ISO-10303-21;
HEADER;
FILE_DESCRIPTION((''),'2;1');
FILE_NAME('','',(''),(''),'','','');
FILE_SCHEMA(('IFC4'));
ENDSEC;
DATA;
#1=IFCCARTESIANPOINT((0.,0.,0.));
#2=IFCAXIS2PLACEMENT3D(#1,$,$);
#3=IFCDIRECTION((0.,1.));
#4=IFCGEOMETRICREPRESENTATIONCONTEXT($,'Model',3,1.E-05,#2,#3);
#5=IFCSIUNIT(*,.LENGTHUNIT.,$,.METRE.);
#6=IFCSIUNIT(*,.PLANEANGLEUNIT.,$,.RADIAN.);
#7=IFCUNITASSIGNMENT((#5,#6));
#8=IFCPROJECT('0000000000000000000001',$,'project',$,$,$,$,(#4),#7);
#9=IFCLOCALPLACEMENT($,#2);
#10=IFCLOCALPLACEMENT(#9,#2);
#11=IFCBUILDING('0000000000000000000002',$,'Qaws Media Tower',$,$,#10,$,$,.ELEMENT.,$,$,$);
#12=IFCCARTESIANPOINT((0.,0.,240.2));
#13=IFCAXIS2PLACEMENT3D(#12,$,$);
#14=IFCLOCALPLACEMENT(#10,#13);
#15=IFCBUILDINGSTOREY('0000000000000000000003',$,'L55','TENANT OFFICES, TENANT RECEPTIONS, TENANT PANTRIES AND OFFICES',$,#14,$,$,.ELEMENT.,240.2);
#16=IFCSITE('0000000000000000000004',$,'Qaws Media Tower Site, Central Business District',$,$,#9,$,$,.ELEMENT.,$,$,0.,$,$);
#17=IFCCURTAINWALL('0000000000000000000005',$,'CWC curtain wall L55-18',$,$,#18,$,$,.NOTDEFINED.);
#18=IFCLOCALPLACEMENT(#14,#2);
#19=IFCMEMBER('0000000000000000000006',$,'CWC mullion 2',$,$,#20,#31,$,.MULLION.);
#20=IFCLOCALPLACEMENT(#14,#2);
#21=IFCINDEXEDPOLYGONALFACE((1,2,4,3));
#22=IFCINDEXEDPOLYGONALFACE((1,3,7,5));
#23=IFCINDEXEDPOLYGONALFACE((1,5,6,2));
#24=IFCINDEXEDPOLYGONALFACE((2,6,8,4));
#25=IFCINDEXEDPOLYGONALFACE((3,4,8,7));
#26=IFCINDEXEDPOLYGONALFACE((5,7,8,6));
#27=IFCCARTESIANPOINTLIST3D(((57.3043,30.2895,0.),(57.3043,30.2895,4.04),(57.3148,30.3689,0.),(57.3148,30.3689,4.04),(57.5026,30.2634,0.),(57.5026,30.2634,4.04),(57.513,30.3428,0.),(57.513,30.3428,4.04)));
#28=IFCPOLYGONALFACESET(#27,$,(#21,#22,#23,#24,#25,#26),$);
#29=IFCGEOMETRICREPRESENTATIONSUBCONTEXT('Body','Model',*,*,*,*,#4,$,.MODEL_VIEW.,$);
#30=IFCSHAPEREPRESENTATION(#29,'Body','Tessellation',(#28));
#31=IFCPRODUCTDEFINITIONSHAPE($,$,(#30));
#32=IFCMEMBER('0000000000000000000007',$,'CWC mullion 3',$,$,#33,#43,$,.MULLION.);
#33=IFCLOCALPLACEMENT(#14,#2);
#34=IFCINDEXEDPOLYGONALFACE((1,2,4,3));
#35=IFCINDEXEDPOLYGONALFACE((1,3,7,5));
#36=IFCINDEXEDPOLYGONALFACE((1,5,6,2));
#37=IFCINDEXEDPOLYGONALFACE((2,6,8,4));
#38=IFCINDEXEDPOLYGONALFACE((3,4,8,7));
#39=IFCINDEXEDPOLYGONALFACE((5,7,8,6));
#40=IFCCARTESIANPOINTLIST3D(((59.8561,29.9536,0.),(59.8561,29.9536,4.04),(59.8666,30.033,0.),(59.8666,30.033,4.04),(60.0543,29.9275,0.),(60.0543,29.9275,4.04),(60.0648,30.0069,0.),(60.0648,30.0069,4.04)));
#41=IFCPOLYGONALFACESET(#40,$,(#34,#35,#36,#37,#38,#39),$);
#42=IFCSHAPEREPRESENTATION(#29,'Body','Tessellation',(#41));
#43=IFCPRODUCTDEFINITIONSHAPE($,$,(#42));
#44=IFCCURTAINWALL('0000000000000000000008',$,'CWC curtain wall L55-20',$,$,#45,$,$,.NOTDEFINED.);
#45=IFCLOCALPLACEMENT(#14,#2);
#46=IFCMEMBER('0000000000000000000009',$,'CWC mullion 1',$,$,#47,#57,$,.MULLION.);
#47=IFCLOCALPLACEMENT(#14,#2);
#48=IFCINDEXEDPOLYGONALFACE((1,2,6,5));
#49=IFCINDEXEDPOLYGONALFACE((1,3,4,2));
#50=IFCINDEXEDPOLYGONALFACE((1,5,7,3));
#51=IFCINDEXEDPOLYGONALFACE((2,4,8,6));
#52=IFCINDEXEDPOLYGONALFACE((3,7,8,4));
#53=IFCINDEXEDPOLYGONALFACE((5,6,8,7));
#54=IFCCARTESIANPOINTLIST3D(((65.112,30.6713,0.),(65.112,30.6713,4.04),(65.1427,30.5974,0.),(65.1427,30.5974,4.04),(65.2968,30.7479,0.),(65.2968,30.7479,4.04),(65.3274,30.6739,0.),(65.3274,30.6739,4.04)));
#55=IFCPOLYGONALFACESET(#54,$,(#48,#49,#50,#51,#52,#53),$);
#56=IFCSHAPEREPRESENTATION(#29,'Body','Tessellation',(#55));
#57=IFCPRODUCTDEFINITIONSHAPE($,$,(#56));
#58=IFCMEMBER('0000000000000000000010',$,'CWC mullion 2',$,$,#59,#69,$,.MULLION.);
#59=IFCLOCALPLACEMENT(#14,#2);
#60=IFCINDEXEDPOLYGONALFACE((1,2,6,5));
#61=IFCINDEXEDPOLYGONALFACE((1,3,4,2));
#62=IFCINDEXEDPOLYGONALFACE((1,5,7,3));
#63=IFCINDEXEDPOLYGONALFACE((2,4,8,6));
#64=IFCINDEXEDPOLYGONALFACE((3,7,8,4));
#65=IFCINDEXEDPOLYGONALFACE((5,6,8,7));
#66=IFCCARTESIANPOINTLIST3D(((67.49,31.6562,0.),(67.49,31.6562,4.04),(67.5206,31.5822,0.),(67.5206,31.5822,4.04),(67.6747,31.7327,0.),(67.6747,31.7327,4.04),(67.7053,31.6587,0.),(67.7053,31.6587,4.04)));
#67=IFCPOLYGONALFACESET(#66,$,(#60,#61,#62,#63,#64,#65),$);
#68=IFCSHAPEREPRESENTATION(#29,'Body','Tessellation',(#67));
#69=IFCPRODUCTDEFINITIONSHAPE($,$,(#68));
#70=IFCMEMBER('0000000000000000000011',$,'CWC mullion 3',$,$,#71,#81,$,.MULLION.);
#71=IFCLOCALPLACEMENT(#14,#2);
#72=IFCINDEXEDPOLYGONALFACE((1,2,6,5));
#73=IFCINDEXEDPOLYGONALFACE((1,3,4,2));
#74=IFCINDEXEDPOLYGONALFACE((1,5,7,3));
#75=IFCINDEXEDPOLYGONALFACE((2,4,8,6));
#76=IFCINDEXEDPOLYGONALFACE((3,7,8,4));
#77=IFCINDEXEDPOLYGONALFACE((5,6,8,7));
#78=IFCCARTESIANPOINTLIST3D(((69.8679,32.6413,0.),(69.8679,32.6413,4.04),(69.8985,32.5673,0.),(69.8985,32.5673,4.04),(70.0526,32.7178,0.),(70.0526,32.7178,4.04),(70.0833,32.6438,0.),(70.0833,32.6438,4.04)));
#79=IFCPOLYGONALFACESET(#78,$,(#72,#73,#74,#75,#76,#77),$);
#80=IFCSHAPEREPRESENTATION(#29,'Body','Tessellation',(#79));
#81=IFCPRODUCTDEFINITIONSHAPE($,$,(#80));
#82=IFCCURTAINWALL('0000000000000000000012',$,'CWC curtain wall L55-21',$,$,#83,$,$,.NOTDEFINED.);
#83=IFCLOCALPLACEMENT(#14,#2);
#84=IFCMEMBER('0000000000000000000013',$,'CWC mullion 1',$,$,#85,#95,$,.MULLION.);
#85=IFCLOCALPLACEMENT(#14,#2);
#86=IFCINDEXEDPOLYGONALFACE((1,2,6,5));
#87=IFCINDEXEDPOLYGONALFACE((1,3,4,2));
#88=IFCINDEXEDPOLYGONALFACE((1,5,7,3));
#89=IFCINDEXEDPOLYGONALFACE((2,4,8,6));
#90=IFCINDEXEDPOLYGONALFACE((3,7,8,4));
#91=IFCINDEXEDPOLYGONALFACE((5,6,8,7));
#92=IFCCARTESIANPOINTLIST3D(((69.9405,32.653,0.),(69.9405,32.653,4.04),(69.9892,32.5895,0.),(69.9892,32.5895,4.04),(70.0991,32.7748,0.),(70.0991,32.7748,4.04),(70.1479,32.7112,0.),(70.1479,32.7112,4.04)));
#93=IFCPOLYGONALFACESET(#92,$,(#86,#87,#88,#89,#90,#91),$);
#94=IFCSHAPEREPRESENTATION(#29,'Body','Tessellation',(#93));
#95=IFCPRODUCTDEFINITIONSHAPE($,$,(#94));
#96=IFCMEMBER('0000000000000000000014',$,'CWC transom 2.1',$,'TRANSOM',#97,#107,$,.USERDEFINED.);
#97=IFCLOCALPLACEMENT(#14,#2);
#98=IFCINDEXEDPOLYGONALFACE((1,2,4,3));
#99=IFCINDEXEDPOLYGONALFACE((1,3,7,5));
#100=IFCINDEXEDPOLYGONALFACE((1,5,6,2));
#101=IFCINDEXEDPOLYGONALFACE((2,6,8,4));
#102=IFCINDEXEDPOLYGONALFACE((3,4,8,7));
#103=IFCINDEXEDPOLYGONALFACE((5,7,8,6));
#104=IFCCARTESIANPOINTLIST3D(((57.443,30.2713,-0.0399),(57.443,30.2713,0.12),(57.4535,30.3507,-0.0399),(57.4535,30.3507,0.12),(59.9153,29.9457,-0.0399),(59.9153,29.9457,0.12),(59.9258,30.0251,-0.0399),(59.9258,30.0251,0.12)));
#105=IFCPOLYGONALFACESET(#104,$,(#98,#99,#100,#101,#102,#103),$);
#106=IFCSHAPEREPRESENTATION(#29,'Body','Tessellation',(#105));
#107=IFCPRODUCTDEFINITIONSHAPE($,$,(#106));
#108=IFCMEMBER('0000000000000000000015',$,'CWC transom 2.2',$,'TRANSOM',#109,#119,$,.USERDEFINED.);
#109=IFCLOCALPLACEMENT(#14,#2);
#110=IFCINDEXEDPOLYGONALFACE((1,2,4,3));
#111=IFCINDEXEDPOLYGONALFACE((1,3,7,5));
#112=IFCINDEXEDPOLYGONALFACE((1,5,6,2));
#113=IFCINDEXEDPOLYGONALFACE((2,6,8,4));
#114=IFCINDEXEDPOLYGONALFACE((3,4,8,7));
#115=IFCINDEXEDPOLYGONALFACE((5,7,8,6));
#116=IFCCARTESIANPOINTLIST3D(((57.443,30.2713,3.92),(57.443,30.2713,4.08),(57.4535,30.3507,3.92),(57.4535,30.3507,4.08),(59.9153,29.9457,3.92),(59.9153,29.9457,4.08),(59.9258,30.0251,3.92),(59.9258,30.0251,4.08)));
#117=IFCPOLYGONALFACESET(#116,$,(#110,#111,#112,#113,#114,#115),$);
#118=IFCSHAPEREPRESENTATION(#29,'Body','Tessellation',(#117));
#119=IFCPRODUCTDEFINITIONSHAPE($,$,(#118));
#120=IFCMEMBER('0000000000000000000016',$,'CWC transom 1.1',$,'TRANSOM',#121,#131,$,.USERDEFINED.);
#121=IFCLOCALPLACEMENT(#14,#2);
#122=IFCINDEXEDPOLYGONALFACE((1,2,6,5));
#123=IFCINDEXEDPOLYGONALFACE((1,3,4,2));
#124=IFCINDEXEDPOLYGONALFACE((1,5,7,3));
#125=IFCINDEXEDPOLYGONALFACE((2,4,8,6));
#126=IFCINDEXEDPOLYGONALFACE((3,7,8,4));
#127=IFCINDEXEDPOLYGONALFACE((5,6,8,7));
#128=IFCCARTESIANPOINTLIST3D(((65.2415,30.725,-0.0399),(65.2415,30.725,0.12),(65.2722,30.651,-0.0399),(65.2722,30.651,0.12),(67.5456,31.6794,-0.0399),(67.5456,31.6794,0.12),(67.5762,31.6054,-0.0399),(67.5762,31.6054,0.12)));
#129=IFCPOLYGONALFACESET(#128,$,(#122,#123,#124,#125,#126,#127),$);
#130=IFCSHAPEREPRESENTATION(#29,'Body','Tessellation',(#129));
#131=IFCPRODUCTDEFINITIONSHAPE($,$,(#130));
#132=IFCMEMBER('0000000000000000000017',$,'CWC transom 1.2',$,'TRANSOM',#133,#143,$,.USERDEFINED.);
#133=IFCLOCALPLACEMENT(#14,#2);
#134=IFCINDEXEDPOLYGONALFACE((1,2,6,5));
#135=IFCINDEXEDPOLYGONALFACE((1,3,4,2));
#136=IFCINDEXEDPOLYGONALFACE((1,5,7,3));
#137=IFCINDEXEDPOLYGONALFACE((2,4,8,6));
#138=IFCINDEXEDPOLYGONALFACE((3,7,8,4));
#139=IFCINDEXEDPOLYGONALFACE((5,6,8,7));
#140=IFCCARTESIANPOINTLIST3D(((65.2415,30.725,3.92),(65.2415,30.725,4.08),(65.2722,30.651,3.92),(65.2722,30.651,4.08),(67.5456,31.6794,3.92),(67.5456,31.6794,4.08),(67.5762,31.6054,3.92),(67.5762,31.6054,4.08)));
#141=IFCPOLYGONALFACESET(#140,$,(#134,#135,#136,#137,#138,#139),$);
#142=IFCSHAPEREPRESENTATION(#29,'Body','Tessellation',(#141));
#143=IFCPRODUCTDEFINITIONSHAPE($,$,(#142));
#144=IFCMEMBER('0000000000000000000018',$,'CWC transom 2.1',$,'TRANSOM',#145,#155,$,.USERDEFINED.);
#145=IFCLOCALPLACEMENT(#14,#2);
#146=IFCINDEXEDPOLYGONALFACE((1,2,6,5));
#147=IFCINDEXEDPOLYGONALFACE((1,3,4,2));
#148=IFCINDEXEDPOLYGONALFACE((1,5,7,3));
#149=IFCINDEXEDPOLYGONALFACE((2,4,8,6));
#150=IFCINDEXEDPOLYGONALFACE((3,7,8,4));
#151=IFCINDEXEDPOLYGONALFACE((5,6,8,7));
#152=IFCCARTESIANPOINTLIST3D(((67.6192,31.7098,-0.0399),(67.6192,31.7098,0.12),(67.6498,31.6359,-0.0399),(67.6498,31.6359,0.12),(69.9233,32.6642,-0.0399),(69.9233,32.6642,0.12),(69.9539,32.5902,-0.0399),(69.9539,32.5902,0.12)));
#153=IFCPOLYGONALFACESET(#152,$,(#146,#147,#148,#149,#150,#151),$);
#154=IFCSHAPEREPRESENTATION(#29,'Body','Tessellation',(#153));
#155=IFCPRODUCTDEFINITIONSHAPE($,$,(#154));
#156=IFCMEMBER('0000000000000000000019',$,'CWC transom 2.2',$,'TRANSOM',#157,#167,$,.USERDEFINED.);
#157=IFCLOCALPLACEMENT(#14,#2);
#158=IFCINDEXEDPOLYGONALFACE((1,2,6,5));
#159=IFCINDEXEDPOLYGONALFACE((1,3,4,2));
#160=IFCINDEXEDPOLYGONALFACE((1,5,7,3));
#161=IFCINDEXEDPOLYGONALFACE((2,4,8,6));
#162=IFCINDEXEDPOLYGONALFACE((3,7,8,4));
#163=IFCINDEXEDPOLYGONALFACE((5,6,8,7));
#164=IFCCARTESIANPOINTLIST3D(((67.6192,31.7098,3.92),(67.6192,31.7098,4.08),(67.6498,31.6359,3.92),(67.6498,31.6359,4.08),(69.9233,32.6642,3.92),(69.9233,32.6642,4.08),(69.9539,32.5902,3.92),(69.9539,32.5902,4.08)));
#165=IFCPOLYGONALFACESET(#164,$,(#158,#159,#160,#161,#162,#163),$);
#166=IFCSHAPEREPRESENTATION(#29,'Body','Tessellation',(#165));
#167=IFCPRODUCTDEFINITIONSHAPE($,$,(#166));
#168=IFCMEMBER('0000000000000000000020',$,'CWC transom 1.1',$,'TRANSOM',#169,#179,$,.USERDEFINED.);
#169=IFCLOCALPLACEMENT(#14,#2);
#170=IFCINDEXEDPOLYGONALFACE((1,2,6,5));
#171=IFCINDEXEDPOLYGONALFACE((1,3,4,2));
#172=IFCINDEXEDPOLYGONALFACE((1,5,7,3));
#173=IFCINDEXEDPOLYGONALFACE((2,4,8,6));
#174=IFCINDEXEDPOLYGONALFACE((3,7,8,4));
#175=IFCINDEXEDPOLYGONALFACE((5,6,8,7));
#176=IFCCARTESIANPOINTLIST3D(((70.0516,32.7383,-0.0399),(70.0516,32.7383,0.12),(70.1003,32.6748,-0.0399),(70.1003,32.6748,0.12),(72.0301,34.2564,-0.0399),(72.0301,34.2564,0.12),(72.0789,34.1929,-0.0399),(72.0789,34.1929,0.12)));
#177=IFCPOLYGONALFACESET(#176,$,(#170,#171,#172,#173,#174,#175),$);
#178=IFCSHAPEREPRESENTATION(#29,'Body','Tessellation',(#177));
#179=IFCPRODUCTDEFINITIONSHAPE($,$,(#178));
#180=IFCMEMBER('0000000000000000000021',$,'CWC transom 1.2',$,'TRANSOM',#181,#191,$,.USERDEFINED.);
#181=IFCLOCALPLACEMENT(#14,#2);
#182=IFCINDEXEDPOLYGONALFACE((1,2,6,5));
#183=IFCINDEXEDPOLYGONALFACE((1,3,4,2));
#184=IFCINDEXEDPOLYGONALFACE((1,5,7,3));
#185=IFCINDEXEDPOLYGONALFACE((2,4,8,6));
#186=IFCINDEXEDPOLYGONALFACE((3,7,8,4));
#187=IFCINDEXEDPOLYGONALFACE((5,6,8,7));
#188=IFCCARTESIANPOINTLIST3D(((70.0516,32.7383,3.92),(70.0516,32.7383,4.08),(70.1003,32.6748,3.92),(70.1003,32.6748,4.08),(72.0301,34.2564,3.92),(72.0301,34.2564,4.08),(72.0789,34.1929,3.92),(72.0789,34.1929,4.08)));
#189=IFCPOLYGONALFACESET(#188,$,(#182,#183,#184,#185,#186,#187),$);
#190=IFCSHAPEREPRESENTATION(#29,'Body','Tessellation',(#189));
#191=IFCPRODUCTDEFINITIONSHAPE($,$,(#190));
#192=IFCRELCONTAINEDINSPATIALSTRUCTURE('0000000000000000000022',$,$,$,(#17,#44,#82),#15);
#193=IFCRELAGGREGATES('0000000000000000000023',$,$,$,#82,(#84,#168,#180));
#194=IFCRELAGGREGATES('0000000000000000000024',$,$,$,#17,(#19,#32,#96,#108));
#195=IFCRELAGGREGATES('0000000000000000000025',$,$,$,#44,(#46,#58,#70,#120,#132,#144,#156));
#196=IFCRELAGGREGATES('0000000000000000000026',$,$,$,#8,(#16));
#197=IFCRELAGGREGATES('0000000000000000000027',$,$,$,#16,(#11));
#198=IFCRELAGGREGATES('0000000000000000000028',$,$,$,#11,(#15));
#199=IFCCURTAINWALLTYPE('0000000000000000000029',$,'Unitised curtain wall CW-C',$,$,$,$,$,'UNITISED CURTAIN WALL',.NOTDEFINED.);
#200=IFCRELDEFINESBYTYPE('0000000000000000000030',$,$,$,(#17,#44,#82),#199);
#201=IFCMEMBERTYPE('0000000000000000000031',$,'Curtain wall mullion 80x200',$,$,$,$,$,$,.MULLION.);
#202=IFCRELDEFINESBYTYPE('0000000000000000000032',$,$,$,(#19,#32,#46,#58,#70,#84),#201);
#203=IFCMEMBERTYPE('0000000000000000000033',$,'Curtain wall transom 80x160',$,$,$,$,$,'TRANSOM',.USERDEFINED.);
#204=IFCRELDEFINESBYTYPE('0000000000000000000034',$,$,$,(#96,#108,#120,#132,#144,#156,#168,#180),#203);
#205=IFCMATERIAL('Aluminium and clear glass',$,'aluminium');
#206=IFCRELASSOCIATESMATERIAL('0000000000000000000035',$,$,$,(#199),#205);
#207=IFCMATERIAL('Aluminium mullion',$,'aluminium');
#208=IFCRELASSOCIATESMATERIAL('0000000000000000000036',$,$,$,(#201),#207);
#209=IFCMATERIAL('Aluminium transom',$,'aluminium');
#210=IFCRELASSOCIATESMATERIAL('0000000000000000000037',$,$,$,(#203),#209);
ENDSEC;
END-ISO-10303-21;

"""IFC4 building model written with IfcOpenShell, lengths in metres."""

from ifc_helpers import new_model, si_unit, direction, frame, origin, origin_2d, place, context, subcontext, project, spatial, rectangle, extrude, material, material_profile, profile_set, type_object, element, aggregate, save


model = new_model("IFC4")

# Units and contexts
model_context = context("Model", 3, precision=1e-05, world=origin(), true_north=direction((0.0, 1.0)))
body_context = subcontext(model_context, "Body", "Model", "MODEL_VIEW")
ifc_project = project(units=[si_unit("LENGTHUNIT", "METRE"), si_unit("PLANEANGLEUNIT", "RADIAN")], contexts=[model_context])

# Site, building, storey
site_placement = place(None, origin())
site = spatial("IfcSite", under=ifc_project, at=site_placement, Name="Qaws Media Tower Site, Central Business District", CompositionType="ELEMENT", RefElevation=0.0)
building_placement = place(site_placement, origin())
building = spatial("IfcBuilding", under=site, at=building_placement, Name="Qaws Media Tower", CompositionType="ELEMENT")
storey_placement = place(building_placement, frame((0.0, 0.0, 240.2)))
storey = spatial("IfcBuildingStorey", under=building, at=storey_placement, Name="L55", Description="TENANT OFFICES, TENANT RECEPTIONS, TENANT PANTRIES AND OFFICES", CompositionType="ELEMENT", Elevation=240.2)

# Curtain walls, members
ifc_material_1 = material(Name="Aluminium and clear glass", Category="aluminium")
curtain_wall_type = type_object("IfcCurtainWallType", Name="Unitised curtain wall CW-C", ElementType="UNITISED CURTAIN WALL", PredefinedType="NOTDEFINED", material=ifc_material_1)
curtain_wall_1_placement = place(storey_placement, origin())
curtain_wall_1 = element("IfcCurtainWall", 1, at=curtain_wall_1_placement, inside=storey, type_object=curtain_wall_type, Name="CWC curtain wall L55-18", PredefinedType="NOTDEFINED")
ifc_material_2 = material(Name="Aluminium mullion", Category="aluminium")
ifc_material_profile_1 = material_profile(ifc_material_2, rectangle(XDim=0.0801, YDim=0.2, at=origin_2d()), Name="80x200")
ifc_profile_set_1 = profile_set([ifc_material_profile_1], Name="Aluminium mullion")
member_type_1 = type_object("IfcMemberType", Name="Curtain wall mullion 80x200", PredefinedType="MULLION", material=ifc_profile_set_1)
member_1_placement = place(storey_placement, frame((57.4087, 30.3162, 0.0), z_axis=(0.0, 0.0, 1.0), x_axis=(0.130526, 0.991445, 0.0)))
member_1 = element("IfcMember", 2, at=member_1_placement, type_object=member_type_1, Name="CWC mullion 2", PredefinedType="MULLION", context=body_context, shape_type="SweptSolid", body=[
    extrude(rectangle(XDim=0.0801, YDim=0.2, at=origin_2d()), origin(), (0.0, 0.0, 1.0), 4.04),
])
member_2_placement = place(storey_placement, frame((59.9604, 29.9802, 0.0), z_axis=(0.0, 0.0, 1.0), x_axis=(0.130526, 0.991445, 0.0)))
member_2 = element("IfcMember", 3, at=member_2_placement, type_object=member_type_1, Name="CWC mullion 3", PredefinedType="MULLION", context=body_context, shape_type="SweptSolid", body=[
    extrude(rectangle(XDim=0.0801, YDim=0.2, at=origin_2d()), origin(), (0.0, 0.0, 1.0), 4.04),
])
curtain_wall_2_placement = place(storey_placement, origin())
curtain_wall_2 = element("IfcCurtainWall", 4, at=curtain_wall_2_placement, inside=storey, type_object=curtain_wall_type, Name="CWC curtain wall L55-20", PredefinedType="NOTDEFINED")
member_3_placement = place(storey_placement, frame((65.2197, 30.6726, 0.0), z_axis=(0.0, 0.0, 1.0), x_axis=(-0.382683, 0.92388, 0.0)))
member_3 = element("IfcMember", 5, at=member_3_placement, type_object=member_type_1, Name="CWC mullion 1", PredefinedType="MULLION", context=body_context, shape_type="SweptSolid", body=[
    extrude(rectangle(XDim=0.0801, YDim=0.2, at=origin_2d()), origin(), (0.0, 0.0, 1.0), 4.04),
])
member_4_placement = place(storey_placement, frame((67.5977, 31.6575, 0.0), z_axis=(0.0, 0.0, 1.0), x_axis=(-0.382683, 0.92388, 0.0)))
member_4 = element("IfcMember", 6, at=member_4_placement, type_object=member_type_1, Name="CWC mullion 2", PredefinedType="MULLION", context=body_context, shape_type="SweptSolid", body=[
    extrude(rectangle(XDim=0.0801, YDim=0.2, at=origin_2d()), origin(), (0.0, 0.0, 1.0), 4.04),
])
member_5_placement = place(storey_placement, frame((69.9756, 32.6426, 0.0), z_axis=(0.0, 0.0, 1.0), x_axis=(-0.382683, 0.92388, 0.0)))
member_5 = element("IfcMember", 7, at=member_5_placement, type_object=member_type_1, Name="CWC mullion 3", PredefinedType="MULLION", context=body_context, shape_type="SweptSolid", body=[
    extrude(rectangle(XDim=0.0801, YDim=0.2, at=origin_2d()), origin(), (0.0, 0.0, 1.0), 4.04),
])

# Curtain wall, member
curtain_wall_3_placement = place(storey_placement, origin())
curtain_wall_3 = element("IfcCurtainWall", 8, at=curtain_wall_3_placement, inside=storey, type_object=curtain_wall_type, Name="CWC curtain wall L55-21", PredefinedType="NOTDEFINED")
member_6_placement = place(storey_placement, frame((70.0442, 32.6821, 0.0), z_axis=(0.0, 0.0, 1.0), x_axis=(-0.608762, 0.793353, 0.0)))
member_6 = element("IfcMember", 9, at=member_6_placement, type_object=member_type_1, Name="CWC mullion 1", PredefinedType="MULLION", context=body_context, shape_type="SweptSolid", body=[
    extrude(rectangle(XDim=0.0801, YDim=0.2, at=origin_2d()), origin(), (0.0, 0.0, 1.0), 4.04),
])

# Members
ifc_material_3 = material(Name="Aluminium transom", Category="aluminium")
ifc_material_profile_2 = material_profile(ifc_material_3, rectangle(XDim=0.0801, YDim=0.1599, at=origin_2d()), Name="80x160")
ifc_profile_set_2 = profile_set([ifc_material_profile_2], Name="Aluminium transom")
member_type_2 = type_object("IfcMemberType", Name="Curtain wall transom 80x160", ElementType="TRANSOM", PredefinedType="USERDEFINED", material=ifc_profile_set_2)
member_7_placement = place(storey_placement, frame((57.4482, 30.311, 0.04), z_axis=(0.991435, -0.130599, 0.0), x_axis=(0.130599, 0.991435, 0.0)))
member_7 = element("IfcMember", 10, at=member_7_placement, type_object=member_type_2, Name="CWC transom 2.1", ObjectType="TRANSOM", PredefinedType="USERDEFINED", context=body_context, shape_type="SweptSolid", body=[
    extrude(rectangle(XDim=0.0801, YDim=0.1599, at=origin_2d()), origin(), (0.0, 0.0, 1.0), 2.4937),
])
member_8_placement = place(storey_placement, frame((57.4482, 30.311, 4.0), z_axis=(0.991435, -0.130599, 0.0), x_axis=(0.130599, 0.991435, 0.0)))
member_8 = element("IfcMember", 11, at=member_8_placement, type_object=member_type_2, Name="CWC transom 2.2", ObjectType="TRANSOM", PredefinedType="USERDEFINED", context=body_context, shape_type="SweptSolid", body=[
    extrude(rectangle(XDim=0.0801, YDim=0.1599, at=origin_2d()), origin(), (0.0, 0.0, 1.0), 2.4937),
])
member_9_placement = place(storey_placement, frame((65.2568, 30.688, 0.04), z_axis=(0.923877, 0.382689, 0.0), x_axis=(-0.382689, 0.923877, 0.0)))
member_9 = element("IfcMember", 12, at=member_9_placement, type_object=member_type_2, Name="CWC transom 1.1", ObjectType="TRANSOM", PredefinedType="USERDEFINED", context=body_context, shape_type="SweptSolid", body=[
    extrude(rectangle(XDim=0.0801, YDim=0.1599, at=origin_2d()), origin(), (0.0, 0.0, 1.0), 2.4939),
])
member_10_placement = place(storey_placement, frame((65.2568, 30.688, 4.0), z_axis=(0.923877, 0.382689, 0.0), x_axis=(-0.382689, 0.923877, 0.0)))
member_10 = element("IfcMember", 13, at=member_10_placement, type_object=member_type_2, Name="CWC transom 1.2", ObjectType="TRANSOM", PredefinedType="USERDEFINED", context=body_context, shape_type="SweptSolid", body=[
    extrude(rectangle(XDim=0.0801, YDim=0.1599, at=origin_2d()), origin(), (0.0, 0.0, 1.0), 2.4939),
])
member_11_placement = place(storey_placement, frame((67.6345, 31.6729, 0.04), z_axis=(0.923877, 0.382689, 0.0), x_axis=(-0.382689, 0.923877, 0.0)))
member_11 = element("IfcMember", 14, at=member_11_placement, type_object=member_type_2, Name="CWC transom 2.1", ObjectType="TRANSOM", PredefinedType="USERDEFINED", context=body_context, shape_type="SweptSolid", body=[
    extrude(rectangle(XDim=0.0801, YDim=0.1599, at=origin_2d()), origin(), (0.0, 0.0, 1.0), 2.4939),
])
member_12_placement = place(storey_placement, frame((67.6345, 31.6729, 4.0), z_axis=(0.923877, 0.382689, 0.0), x_axis=(-0.382689, 0.923877, 0.0)))
member_12 = element("IfcMember", 15, at=member_12_placement, type_object=member_type_2, Name="CWC transom 2.2", ObjectType="TRANSOM", PredefinedType="USERDEFINED", context=body_context, shape_type="SweptSolid", body=[
    extrude(rectangle(XDim=0.0801, YDim=0.1599, at=origin_2d()), origin(), (0.0, 0.0, 1.0), 2.4939),
])
member_13_placement = place(storey_placement, frame((70.0759, 32.7065, 0.04), z_axis=(0.793373, 0.608736, 0.0), x_axis=(-0.608736, 0.793373, 0.0)))
member_13 = element("IfcMember", 16, at=member_13_placement, type_object=member_type_2, Name="CWC transom 1.1", ObjectType="TRANSOM", PredefinedType="USERDEFINED", context=body_context, shape_type="SweptSolid", body=[
    extrude(rectangle(XDim=0.0801, YDim=0.1599, at=origin_2d()), origin(), (0.0, 0.0, 1.0), 2.4939),
])
member_14_placement = place(storey_placement, frame((70.0759, 32.7065, 4.0), z_axis=(0.793373, 0.608736, 0.0), x_axis=(-0.608736, 0.793373, 0.0)))
member_14 = element("IfcMember", 17, at=member_14_placement, type_object=member_type_2, Name="CWC transom 1.2", ObjectType="TRANSOM", PredefinedType="USERDEFINED", context=body_context, shape_type="SweptSolid", body=[
    extrude(rectangle(XDim=0.0801, YDim=0.1599, at=origin_2d()), origin(), (0.0, 0.0, 1.0), 2.4939),
])
aggregate(curtain_wall_3, [member_6, member_13, member_14])

aggregate(curtain_wall_1, [member_1, member_2, member_7, member_8])
aggregate(curtain_wall_2, [member_3, member_4, member_5, member_9, member_10, member_11, member_12])

save(model, "model.ifc")
